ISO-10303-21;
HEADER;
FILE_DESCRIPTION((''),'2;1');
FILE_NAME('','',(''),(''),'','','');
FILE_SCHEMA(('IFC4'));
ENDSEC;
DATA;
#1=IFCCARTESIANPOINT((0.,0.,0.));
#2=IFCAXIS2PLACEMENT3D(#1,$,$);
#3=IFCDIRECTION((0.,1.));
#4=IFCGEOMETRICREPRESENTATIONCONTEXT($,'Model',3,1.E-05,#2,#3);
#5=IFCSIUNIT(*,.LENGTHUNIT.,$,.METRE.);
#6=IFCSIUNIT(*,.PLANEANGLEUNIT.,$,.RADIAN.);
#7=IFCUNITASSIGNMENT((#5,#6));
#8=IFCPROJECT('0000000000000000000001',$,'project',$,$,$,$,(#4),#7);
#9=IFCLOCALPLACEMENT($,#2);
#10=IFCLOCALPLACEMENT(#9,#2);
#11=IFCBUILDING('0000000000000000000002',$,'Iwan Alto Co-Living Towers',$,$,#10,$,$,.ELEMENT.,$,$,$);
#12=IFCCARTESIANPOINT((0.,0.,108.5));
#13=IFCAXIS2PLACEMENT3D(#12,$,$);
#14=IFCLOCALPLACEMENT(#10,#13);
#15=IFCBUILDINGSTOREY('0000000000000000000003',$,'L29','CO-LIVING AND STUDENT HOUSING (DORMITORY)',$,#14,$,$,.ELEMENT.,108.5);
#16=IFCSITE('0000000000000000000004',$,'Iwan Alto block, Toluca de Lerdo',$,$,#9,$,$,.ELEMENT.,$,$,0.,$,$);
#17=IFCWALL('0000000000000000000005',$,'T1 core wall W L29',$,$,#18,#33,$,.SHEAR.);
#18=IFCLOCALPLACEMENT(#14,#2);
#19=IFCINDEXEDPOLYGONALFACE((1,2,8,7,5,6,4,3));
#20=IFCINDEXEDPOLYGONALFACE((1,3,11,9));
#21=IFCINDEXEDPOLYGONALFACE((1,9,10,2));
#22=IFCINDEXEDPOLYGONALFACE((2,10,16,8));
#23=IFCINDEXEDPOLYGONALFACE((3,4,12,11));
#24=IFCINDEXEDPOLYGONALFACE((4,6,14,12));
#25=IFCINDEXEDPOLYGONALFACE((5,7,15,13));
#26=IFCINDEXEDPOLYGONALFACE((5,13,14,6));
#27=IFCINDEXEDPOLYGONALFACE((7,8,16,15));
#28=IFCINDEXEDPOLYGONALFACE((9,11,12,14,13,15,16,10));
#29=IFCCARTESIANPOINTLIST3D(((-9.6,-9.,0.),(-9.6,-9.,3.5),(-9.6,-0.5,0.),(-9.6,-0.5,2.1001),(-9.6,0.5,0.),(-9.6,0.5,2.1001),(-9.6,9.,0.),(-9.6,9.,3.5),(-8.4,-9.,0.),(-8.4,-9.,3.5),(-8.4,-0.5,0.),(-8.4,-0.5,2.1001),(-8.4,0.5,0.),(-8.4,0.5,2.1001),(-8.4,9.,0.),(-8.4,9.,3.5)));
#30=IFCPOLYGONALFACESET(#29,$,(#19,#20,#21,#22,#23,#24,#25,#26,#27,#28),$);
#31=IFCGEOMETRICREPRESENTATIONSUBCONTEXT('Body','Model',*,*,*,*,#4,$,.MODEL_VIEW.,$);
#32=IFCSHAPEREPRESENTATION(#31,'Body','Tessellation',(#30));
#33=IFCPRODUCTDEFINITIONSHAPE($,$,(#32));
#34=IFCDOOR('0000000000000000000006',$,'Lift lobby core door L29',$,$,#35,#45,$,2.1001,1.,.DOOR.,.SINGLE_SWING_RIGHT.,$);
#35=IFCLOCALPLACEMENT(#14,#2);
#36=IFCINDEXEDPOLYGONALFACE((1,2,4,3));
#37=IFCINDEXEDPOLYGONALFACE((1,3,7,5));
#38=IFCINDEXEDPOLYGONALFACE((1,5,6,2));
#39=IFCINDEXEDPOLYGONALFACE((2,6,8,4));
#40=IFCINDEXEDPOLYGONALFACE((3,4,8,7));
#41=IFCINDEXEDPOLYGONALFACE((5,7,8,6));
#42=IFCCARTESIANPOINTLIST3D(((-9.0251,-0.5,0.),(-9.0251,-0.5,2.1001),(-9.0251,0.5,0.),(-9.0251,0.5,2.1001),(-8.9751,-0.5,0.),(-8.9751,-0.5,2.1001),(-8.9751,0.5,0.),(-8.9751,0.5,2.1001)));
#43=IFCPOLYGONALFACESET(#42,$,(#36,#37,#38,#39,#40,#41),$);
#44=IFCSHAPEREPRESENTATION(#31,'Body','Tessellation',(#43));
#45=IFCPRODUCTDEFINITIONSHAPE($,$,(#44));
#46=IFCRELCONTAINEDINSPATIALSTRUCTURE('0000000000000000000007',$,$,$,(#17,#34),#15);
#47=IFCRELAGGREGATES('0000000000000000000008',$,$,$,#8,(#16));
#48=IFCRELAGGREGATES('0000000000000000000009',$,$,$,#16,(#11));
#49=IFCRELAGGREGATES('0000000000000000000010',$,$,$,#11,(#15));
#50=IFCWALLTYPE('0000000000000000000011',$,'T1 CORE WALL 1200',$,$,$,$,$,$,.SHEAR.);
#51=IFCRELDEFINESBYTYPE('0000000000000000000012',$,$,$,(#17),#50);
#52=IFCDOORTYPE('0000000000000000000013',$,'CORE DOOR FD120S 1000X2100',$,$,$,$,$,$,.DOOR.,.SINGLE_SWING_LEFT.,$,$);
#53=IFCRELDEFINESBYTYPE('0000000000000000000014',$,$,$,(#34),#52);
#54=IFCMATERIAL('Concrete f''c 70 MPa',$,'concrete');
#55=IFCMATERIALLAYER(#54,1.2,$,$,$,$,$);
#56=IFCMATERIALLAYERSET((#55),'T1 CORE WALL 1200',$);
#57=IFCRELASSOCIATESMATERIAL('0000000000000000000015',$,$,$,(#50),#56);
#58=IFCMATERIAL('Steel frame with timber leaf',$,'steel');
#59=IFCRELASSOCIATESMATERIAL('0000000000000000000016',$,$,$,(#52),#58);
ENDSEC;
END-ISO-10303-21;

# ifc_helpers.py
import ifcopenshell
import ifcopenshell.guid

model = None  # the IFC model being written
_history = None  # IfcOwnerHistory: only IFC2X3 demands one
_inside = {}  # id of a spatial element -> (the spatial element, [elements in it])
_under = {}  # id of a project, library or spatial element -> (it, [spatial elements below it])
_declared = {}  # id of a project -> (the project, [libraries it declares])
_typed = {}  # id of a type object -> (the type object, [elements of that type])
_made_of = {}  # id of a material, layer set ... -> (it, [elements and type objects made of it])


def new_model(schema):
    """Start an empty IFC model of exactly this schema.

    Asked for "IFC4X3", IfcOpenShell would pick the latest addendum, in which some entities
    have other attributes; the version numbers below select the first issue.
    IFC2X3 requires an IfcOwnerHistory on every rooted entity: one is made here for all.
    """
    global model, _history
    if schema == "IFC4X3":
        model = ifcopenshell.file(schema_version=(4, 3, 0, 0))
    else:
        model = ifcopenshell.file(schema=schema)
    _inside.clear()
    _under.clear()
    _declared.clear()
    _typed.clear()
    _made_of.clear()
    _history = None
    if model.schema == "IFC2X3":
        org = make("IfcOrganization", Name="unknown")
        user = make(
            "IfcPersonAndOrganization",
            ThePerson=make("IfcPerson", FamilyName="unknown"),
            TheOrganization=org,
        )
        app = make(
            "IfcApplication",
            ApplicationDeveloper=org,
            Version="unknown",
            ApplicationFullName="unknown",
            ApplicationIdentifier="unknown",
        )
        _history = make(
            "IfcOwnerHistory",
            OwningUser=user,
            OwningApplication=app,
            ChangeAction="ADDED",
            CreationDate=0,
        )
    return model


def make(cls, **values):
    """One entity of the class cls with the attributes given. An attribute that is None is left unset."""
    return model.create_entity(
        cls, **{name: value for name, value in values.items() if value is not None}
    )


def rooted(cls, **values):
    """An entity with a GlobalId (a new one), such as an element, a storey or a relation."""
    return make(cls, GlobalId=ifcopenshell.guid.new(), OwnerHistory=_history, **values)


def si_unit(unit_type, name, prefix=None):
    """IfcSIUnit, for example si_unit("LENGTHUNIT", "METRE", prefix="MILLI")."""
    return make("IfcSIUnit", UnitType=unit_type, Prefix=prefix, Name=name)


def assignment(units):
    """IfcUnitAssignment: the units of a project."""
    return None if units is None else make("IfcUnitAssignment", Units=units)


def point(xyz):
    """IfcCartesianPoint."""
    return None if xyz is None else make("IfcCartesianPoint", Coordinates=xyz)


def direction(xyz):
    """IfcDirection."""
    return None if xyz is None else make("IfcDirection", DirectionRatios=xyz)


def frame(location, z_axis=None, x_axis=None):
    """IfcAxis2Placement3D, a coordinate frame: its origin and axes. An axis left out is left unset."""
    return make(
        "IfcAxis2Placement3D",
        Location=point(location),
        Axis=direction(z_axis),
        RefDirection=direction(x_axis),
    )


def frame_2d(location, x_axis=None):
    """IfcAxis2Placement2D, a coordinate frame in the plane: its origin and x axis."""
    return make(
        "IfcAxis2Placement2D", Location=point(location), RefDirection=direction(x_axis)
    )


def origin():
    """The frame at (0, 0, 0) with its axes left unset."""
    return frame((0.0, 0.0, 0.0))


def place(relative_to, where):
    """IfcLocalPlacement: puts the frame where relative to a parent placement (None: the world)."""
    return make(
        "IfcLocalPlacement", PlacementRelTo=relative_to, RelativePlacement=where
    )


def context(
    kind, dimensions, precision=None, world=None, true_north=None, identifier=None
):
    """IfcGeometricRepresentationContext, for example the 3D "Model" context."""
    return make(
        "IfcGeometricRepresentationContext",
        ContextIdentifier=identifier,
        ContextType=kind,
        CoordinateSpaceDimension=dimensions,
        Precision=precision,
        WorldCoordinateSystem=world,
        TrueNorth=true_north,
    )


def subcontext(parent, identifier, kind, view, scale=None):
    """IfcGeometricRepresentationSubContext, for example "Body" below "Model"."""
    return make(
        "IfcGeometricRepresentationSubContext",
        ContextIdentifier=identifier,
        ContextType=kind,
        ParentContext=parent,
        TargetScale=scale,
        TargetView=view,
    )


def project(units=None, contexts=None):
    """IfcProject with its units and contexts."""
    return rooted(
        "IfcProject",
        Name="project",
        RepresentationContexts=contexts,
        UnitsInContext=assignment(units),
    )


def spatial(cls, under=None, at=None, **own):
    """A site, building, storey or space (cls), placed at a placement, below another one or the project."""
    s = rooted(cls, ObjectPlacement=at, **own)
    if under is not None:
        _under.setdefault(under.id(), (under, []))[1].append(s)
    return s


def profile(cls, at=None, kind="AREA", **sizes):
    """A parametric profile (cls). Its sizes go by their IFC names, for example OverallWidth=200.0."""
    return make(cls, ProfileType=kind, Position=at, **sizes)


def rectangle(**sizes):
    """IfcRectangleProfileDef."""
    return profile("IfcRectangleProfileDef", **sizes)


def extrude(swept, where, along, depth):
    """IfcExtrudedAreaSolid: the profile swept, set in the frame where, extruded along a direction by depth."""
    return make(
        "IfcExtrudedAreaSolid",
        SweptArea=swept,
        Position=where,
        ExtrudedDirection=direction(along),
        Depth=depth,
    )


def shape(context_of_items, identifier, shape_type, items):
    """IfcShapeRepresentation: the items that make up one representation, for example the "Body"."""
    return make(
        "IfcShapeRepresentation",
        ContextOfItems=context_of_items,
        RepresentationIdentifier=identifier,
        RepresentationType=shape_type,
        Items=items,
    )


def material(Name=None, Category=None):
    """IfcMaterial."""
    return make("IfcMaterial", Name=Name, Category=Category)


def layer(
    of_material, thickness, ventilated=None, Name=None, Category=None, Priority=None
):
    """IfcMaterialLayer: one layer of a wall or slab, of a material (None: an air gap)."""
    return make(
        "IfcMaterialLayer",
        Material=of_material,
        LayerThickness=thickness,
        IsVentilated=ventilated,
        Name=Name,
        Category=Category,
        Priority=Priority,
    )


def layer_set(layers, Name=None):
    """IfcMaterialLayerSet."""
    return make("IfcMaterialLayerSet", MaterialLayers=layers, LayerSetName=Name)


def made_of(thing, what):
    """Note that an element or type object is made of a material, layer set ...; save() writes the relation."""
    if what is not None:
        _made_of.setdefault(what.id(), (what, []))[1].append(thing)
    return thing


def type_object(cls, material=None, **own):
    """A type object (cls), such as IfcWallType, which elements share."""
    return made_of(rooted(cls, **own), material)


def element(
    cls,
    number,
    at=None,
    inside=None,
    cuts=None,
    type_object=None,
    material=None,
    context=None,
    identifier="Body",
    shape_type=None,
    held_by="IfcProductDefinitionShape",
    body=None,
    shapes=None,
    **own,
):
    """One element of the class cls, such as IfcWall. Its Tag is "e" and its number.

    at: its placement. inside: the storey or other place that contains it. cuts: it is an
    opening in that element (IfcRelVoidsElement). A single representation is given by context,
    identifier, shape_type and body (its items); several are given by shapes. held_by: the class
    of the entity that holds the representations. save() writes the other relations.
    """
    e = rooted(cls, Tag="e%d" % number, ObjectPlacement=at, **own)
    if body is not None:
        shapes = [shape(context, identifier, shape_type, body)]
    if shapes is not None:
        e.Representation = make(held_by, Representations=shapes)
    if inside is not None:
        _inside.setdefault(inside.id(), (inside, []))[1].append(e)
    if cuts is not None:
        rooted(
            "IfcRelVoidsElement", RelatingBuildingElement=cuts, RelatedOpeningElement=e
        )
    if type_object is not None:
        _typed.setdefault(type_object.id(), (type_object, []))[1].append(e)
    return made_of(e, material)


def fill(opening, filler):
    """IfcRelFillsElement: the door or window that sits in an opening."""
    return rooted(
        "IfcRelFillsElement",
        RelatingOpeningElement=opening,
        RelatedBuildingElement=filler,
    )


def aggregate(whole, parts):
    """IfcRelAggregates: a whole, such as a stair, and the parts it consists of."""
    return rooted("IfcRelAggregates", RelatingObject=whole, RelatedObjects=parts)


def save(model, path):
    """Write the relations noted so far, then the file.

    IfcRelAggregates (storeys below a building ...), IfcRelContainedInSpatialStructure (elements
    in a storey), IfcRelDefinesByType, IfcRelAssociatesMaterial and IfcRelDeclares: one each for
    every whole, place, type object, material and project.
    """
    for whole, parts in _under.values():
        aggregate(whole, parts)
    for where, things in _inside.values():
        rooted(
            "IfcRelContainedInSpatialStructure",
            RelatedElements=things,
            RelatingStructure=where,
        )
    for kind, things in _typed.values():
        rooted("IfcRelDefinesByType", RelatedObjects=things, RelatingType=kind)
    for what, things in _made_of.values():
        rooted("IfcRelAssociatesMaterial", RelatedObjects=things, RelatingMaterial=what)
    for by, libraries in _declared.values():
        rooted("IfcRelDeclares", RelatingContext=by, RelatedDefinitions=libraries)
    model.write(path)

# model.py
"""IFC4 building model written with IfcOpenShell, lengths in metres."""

from ifc_helpers import new_model, si_unit, direction, frame, frame_2d, origin, place, context, subcontext, project, spatial, rectangle, extrude, material, layer, layer_set, type_object, element, fill, save


model = new_model("IFC4")

# Units and contexts
model_context = context("Model", 3, precision=1e-05, world=origin(), true_north=direction((0.0, 1.0)))
body_context = subcontext(model_context, "Body", "Model", "MODEL_VIEW")
ifc_project = project(units=[si_unit("LENGTHUNIT", "METRE"), si_unit("PLANEANGLEUNIT", "RADIAN")], contexts=[model_context])

# Site, building, storey
site_placement = place(None, origin())
site = spatial("IfcSite", under=ifc_project, at=site_placement, Name="Iwan Alto block, Toluca de Lerdo", CompositionType="ELEMENT", RefElevation=0.0)
building_placement = place(site_placement, origin())
building = spatial("IfcBuilding", under=site, at=building_placement, Name="Iwan Alto Co-Living Towers", CompositionType="ELEMENT")
storey_placement = place(building_placement, frame((0.0, 0.0, 108.5)))
storey = spatial("IfcBuildingStorey", under=building, at=storey_placement, Name="L29", Description="CO-LIVING AND STUDENT HOUSING (DORMITORY)", CompositionType="ELEMENT", Elevation=108.5)

# Wall, opening, door
ifc_material_1 = material(Name="Concrete f'c 70 MPa", Category="concrete")
ifc_layer_1 = layer(ifc_material_1, 1.2)
ifc_layer_set_1 = layer_set([ifc_layer_1], Name="T1 CORE WALL 1200")
wall_type_1 = type_object("IfcWallType", Name="T1 CORE WALL 1200", PredefinedType="SHEAR", material=ifc_layer_set_1)
wall_1_placement = place(storey_placement, frame((-9.0, 9.0, 0.0), z_axis=(0.0, 0.0, 1.0), x_axis=(0.0, -1.0, 0.0)))
wall_1 = element("IfcWall", 1, at=wall_1_placement, inside=storey, type_object=wall_type_1, Name="T1 core wall W L29", PredefinedType="SHEAR", context=body_context, shape_type="SweptSolid", body=[
    extrude(rectangle(XDim=18.0, YDim=1.2, at=frame_2d((9.0, 0.0))), origin(), (0.0, 0.0, 1.0), 3.5),
])
opening_1_placement = place(wall_1_placement, frame((8.5, 0.0, 0.0)))
opening_1 = element("IfcOpeningElement", 2, at=opening_1_placement, cuts=wall_1, PredefinedType="OPENING", context=body_context, shape_type="SweptSolid", body=[
    extrude(rectangle(XDim=1.0, YDim=2.1001, at=frame_2d((0.5, 1.05))), frame((0.0, 0.6099, 0.0), z_axis=(0.0, -1.0, 0.0), x_axis=(1.0, 0.0, 0.0)), (0.0, 0.0, 1.0), 1.22),
])
ifc_material_2 = material(Name="Steel frame with timber leaf", Category="steel")
door_type_1 = type_object("IfcDoorType", Name="CORE DOOR FD120S 1000X2100", OperationType="SINGLE_SWING_LEFT", PredefinedType="DOOR", material=ifc_material_2)
door_1_placement = place(opening_1_placement, origin())
door_1 = element("IfcDoor", 3, at=door_1_placement, inside=storey, type_object=door_type_1, Name="Lift lobby core door L29", OperationType="SINGLE_SWING_RIGHT", OverallHeight=2.1001, OverallWidth=1.0, PredefinedType="DOOR", context=body_context, shape_type="SweptSolid", body=[
    extrude(rectangle(XDim=1.0, YDim=2.1001, at=frame_2d((0.5, 1.05))), frame((0.0, 0.0249, 0.0), z_axis=(0.0, -1.0, 0.0), x_axis=(1.0, 0.0, 0.0)), (0.0, 0.0, 1.0), 0.05),
])
fill(opening_1, door_1)

save(model, "model.ifc")
